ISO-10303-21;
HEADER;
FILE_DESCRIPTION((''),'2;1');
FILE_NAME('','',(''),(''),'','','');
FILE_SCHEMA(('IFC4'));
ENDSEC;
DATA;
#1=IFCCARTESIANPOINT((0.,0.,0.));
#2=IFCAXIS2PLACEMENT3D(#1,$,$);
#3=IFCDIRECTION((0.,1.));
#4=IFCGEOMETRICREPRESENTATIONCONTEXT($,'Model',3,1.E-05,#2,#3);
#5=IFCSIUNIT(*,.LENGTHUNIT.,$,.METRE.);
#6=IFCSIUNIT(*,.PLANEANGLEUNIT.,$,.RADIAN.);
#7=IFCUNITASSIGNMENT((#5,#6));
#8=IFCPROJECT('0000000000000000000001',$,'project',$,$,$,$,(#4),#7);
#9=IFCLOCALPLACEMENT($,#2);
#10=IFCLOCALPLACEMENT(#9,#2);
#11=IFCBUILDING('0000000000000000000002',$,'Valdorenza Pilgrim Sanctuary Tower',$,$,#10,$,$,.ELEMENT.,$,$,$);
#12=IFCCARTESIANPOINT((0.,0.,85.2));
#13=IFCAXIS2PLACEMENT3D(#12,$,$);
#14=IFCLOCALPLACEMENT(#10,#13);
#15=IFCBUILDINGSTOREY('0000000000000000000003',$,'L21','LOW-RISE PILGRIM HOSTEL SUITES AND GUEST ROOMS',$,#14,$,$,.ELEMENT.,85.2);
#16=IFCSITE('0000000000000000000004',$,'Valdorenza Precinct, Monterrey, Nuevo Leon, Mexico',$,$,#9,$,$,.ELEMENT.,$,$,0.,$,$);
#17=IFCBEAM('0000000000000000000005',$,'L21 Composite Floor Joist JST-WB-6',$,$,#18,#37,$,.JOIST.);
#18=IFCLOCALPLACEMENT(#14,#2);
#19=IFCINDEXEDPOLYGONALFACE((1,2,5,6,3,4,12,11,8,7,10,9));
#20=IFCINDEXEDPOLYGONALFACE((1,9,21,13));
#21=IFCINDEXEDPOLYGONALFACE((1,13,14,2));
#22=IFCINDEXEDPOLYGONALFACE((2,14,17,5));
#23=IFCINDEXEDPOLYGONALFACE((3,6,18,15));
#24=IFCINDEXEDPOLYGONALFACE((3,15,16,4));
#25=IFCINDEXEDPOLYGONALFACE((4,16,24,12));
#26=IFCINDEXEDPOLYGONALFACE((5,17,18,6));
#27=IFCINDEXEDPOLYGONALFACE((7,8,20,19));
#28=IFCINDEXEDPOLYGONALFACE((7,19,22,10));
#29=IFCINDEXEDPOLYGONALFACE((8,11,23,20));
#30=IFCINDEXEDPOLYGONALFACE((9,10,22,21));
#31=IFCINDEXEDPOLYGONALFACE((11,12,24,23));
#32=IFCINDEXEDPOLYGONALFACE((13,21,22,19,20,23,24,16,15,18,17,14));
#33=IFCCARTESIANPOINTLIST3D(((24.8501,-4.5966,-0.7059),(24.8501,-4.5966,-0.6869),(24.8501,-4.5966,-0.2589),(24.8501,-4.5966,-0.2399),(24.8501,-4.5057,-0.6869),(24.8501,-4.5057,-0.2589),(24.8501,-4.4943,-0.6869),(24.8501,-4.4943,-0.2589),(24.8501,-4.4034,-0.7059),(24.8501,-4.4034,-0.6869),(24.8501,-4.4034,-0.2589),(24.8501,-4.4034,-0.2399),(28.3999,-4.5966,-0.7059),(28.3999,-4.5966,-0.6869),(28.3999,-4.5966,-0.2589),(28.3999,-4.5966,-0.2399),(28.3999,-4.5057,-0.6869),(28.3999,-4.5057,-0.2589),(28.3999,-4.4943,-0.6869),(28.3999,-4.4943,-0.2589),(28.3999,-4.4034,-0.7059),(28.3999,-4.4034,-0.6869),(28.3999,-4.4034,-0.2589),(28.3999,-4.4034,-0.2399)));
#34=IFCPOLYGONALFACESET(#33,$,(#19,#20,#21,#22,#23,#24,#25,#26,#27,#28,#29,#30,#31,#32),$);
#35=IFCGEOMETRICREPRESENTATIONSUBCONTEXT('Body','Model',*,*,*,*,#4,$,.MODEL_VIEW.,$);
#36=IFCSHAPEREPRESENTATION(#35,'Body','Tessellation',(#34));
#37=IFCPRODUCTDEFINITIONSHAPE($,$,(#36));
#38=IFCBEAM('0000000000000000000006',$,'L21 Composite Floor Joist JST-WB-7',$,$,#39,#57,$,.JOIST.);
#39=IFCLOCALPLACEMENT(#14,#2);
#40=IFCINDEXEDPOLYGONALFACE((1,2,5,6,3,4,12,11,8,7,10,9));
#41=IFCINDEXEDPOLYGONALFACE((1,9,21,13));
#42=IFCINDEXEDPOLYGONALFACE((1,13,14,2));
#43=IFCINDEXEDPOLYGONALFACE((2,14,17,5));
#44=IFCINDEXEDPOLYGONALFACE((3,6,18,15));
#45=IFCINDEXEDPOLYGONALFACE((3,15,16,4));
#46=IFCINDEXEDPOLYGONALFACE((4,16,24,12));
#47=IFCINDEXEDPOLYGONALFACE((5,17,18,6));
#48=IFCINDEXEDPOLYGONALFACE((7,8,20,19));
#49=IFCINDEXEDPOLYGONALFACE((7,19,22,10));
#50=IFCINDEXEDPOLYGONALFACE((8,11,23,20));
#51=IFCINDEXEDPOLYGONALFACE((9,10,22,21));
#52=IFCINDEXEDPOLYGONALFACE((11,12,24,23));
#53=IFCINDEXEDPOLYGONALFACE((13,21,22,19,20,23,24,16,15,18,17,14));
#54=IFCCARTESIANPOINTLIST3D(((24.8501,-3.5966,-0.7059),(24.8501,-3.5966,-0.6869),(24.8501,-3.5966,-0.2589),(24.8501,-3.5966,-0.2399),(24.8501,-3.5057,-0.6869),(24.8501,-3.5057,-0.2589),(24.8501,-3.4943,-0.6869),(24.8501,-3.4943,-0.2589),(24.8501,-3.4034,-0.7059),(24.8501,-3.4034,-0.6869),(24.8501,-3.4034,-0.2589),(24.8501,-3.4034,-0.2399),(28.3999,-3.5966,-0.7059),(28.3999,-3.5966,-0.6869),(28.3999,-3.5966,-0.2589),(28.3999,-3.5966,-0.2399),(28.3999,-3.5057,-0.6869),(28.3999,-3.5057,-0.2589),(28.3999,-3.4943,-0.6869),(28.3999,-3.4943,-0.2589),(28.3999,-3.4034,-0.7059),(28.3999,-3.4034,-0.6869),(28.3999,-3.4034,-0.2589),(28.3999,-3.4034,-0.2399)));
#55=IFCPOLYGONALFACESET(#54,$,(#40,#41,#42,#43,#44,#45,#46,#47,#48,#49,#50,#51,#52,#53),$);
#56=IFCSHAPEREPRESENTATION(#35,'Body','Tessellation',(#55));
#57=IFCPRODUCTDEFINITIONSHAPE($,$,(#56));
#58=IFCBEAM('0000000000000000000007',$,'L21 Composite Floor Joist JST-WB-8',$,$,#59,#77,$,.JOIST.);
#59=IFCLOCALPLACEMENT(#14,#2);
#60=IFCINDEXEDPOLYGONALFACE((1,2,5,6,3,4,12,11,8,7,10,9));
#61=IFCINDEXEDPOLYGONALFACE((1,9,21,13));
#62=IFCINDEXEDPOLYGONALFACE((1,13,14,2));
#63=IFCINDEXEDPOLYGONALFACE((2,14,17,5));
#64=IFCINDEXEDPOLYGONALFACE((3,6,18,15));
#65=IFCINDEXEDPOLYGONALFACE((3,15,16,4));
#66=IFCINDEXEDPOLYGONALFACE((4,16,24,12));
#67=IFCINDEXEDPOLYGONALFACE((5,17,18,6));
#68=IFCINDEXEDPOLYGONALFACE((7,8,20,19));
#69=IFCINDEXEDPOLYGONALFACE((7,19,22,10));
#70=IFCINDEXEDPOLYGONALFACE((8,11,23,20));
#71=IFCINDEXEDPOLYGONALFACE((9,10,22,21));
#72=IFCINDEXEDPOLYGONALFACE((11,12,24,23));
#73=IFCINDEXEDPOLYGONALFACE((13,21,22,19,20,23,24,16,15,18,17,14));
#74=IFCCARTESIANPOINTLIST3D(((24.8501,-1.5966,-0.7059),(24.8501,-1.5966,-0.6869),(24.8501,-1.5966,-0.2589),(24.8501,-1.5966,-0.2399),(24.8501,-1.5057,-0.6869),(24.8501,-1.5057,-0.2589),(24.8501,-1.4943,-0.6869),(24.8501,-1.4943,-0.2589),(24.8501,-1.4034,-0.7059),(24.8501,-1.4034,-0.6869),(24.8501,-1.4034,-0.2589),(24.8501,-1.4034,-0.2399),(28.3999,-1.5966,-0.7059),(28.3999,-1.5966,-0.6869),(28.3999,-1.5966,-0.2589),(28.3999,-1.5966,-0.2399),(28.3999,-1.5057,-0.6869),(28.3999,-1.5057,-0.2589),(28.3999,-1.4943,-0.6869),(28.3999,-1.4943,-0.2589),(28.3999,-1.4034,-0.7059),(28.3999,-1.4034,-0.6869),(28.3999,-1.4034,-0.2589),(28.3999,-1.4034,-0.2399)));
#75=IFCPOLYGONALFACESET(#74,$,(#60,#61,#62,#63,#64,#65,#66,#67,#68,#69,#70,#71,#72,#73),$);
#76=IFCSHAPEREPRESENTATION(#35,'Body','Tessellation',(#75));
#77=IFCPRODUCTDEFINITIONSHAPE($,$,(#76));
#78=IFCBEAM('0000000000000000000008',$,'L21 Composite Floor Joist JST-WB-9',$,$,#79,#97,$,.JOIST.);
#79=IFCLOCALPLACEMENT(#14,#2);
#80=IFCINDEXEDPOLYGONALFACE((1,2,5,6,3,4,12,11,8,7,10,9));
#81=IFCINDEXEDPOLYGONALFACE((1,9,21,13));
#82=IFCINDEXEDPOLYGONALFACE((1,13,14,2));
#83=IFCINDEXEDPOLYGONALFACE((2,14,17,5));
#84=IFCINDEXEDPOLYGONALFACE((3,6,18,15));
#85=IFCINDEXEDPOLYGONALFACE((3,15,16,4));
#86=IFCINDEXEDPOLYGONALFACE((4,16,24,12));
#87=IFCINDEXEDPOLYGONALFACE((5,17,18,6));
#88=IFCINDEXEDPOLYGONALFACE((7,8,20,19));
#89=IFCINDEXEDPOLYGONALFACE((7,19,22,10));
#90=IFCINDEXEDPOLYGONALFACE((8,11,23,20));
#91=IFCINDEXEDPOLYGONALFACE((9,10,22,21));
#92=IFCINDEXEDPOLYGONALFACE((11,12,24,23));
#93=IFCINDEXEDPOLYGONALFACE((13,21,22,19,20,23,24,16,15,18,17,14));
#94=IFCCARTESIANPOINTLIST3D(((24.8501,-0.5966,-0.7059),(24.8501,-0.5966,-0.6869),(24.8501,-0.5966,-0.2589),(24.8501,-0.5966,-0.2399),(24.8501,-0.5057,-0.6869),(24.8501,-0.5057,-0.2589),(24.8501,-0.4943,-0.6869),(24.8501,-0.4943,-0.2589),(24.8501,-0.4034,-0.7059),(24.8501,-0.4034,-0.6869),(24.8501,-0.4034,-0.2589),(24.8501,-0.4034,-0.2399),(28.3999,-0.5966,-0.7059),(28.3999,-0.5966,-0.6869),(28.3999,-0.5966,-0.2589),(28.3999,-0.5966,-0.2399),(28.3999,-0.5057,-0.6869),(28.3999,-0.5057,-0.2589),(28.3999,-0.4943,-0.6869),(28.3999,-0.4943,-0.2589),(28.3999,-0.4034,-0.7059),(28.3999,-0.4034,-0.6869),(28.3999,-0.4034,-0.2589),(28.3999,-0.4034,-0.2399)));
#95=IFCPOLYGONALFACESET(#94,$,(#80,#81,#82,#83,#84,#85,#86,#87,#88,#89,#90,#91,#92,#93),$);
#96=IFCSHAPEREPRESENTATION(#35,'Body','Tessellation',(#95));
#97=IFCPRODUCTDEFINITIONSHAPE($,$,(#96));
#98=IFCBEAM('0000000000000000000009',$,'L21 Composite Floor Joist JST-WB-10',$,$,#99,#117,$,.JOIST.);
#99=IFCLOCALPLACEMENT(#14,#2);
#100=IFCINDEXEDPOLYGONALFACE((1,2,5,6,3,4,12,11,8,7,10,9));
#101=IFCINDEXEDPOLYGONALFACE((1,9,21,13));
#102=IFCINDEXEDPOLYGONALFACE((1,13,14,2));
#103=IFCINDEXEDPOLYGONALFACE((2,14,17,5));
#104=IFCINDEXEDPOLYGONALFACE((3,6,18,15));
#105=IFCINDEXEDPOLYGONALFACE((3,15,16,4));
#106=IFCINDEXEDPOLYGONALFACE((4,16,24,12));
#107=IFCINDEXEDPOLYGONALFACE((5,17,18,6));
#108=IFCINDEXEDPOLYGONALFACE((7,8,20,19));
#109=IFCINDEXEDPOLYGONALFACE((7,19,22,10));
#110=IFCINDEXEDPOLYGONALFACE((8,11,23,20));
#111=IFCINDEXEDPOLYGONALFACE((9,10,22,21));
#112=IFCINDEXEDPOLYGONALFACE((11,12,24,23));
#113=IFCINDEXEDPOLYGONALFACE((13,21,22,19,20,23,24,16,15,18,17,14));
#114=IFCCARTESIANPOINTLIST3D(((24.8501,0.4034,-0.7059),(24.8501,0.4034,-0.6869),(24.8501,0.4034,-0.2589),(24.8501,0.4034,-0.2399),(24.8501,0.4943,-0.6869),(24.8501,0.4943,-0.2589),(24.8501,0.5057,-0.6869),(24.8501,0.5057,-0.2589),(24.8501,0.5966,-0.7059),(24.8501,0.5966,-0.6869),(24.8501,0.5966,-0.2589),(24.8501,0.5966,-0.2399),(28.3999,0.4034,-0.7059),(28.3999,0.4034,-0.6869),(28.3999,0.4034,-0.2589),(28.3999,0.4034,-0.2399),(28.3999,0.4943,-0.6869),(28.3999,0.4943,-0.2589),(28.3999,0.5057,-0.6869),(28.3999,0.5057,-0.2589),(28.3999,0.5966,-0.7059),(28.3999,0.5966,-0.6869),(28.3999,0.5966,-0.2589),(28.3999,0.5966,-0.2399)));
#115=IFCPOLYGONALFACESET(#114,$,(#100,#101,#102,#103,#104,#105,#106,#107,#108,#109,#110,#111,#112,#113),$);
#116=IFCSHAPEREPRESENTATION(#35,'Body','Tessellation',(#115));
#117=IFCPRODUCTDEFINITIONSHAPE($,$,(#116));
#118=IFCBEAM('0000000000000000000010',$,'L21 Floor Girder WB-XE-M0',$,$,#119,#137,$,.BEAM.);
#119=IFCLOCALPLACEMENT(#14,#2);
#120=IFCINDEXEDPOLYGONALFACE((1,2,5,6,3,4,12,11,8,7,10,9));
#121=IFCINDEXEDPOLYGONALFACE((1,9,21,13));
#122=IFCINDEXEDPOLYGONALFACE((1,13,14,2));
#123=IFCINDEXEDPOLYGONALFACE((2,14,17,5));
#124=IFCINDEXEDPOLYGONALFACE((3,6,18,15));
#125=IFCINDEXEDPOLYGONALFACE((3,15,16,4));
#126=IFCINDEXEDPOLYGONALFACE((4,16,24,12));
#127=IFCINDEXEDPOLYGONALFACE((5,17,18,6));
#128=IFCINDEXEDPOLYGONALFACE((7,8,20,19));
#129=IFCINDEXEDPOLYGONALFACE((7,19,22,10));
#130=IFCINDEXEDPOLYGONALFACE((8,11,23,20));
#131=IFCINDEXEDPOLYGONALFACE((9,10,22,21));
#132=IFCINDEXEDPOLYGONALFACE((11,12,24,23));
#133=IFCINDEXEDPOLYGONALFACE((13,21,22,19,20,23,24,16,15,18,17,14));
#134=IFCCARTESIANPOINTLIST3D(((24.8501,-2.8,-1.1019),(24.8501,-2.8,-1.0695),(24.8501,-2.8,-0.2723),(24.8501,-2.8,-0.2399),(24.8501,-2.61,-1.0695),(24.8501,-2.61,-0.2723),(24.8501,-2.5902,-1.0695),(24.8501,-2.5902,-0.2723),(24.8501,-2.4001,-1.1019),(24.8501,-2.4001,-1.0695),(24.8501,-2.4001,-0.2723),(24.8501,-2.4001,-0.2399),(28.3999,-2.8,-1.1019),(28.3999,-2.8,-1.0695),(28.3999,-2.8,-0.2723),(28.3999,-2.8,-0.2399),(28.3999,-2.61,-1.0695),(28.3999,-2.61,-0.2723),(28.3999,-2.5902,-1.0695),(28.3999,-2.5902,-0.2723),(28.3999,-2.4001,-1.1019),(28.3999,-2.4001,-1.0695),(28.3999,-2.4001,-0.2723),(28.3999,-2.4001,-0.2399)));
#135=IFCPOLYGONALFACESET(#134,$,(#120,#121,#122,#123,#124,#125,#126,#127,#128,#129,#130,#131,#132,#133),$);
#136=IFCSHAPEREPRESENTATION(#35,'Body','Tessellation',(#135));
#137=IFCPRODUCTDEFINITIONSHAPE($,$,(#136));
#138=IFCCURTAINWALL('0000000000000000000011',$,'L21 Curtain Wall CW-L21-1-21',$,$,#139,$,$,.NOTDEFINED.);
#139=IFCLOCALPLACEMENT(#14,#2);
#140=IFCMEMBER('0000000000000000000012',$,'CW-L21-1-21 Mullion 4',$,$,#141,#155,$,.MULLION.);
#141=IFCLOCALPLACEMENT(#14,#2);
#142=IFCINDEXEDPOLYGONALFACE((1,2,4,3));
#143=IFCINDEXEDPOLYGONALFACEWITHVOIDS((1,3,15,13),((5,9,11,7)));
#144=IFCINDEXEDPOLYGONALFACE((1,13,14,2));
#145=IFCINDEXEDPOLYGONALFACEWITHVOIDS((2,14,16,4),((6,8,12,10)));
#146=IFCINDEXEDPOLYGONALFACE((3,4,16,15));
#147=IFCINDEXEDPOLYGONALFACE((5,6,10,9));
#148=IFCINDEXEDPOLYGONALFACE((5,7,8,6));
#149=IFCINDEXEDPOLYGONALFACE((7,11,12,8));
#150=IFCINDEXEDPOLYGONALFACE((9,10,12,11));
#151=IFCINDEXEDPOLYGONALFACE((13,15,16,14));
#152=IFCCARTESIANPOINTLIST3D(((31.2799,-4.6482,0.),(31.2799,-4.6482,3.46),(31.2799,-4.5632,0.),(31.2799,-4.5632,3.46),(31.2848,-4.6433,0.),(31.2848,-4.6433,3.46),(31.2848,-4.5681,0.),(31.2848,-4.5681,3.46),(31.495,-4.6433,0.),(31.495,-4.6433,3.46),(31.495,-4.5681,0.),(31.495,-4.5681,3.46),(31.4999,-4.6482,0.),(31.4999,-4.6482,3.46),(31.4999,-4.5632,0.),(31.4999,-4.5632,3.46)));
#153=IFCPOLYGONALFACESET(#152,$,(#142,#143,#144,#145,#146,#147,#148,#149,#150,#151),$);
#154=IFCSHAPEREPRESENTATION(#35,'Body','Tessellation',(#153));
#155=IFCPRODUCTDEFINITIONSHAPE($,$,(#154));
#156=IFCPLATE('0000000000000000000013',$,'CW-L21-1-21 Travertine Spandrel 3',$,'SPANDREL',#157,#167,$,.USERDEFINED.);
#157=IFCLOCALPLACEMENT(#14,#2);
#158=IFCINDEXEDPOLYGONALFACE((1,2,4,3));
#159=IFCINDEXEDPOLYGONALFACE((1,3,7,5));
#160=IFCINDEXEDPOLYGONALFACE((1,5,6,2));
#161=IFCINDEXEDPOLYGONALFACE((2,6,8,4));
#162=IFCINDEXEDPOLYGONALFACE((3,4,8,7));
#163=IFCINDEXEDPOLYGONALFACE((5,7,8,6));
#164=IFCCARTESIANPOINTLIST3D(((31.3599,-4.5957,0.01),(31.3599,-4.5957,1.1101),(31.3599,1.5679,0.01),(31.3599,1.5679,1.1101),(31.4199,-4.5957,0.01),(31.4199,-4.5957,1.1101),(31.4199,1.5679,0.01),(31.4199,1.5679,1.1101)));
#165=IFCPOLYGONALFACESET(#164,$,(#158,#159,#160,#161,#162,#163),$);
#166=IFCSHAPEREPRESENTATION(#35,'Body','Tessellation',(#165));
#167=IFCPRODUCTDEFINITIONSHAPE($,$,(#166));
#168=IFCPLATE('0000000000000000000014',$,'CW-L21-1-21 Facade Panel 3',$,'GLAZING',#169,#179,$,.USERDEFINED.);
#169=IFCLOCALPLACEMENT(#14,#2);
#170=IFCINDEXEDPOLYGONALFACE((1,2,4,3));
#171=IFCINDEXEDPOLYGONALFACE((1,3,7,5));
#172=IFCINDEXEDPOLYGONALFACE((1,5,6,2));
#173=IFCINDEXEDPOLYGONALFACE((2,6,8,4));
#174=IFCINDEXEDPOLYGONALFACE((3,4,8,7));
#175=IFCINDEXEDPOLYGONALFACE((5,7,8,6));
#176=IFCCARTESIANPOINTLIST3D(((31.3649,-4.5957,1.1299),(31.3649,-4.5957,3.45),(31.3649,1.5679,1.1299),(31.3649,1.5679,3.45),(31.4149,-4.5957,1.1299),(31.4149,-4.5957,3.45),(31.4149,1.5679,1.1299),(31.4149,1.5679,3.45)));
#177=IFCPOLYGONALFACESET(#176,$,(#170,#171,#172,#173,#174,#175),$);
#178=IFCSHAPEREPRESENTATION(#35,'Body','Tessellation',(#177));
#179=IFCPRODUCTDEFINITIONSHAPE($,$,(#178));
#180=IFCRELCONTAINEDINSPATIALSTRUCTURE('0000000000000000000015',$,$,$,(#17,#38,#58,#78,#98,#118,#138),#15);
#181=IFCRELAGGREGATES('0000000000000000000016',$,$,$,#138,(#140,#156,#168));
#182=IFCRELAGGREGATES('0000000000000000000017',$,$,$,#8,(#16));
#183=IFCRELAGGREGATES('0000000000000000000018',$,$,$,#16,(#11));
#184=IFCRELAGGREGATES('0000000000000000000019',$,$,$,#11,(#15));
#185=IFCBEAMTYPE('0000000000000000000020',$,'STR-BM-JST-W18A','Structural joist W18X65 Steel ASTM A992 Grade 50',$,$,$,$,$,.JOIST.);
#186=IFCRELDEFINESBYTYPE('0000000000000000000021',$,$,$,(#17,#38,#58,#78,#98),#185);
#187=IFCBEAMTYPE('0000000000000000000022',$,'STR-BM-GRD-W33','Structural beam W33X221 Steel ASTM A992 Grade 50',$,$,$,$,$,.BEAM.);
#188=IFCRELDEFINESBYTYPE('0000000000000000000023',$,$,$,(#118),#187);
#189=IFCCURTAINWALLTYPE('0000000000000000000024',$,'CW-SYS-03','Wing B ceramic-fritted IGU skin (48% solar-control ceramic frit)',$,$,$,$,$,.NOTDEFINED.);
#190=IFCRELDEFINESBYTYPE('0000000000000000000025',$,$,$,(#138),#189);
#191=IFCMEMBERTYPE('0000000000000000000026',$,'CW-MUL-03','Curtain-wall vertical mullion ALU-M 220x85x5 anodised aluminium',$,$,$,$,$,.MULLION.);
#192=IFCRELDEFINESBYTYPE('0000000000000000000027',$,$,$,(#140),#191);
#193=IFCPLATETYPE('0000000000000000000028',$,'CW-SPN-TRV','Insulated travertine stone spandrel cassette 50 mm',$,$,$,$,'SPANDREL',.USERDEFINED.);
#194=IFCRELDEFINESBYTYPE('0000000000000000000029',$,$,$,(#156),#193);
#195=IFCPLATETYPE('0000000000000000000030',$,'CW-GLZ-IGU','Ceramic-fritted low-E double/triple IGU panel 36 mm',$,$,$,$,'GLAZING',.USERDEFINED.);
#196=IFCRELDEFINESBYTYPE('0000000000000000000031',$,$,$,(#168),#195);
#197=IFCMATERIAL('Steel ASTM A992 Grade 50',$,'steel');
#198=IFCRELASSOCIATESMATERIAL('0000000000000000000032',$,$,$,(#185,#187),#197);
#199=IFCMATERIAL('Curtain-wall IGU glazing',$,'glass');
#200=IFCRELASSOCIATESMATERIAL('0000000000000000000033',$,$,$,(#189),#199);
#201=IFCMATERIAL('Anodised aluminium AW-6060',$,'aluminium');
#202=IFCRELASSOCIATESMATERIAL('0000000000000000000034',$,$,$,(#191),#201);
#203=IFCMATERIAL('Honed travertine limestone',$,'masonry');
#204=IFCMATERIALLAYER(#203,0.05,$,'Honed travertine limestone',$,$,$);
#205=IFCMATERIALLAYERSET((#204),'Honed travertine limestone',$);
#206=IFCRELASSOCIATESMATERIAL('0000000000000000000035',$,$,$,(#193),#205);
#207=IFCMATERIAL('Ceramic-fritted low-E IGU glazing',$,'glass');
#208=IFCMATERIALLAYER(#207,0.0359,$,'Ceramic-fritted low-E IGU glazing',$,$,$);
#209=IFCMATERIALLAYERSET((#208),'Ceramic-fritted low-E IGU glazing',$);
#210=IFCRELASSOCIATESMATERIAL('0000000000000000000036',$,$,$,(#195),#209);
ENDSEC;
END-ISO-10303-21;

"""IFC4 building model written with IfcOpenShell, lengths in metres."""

from ifc_helpers import new_model, si_unit, direction, frame, origin, origin_2d, place, context, subcontext, project, spatial, rectangle, hollow_rectangle, i_section, extrude, source, transform, mapped, material, layer, layer_set, material_profile, profile_set, type_object, element, aggregate, save


model = new_model("IFC4")

# Units and contexts
model_context = context("Model", 3, precision=1e-05, world=origin(), true_north=direction((0.0, 1.0)))
body_context = subcontext(model_context, "Body", "Model", "MODEL_VIEW")
ifc_project = project(units=[si_unit("LENGTHUNIT", "METRE"), si_unit("PLANEANGLEUNIT", "RADIAN")], contexts=[model_context])

# Site, building, storey
site_placement = place(None, origin())
site = spatial("IfcSite", under=ifc_project, at=site_placement, Name="Valdorenza Precinct, Monterrey, Nuevo Leon, Mexico", CompositionType="ELEMENT", RefElevation=0.0)
building_placement = place(site_placement, origin())
building = spatial("IfcBuilding", under=site, at=building_placement, Name="Valdorenza Pilgrim Sanctuary Tower", CompositionType="ELEMENT")
storey_placement = place(building_placement, frame((0.0, 0.0, 85.2)))
storey = spatial("IfcBuildingStorey", under=building, at=storey_placement, Name="L21", Description="LOW-RISE PILGRIM HOSTEL SUITES AND GUEST ROOMS", CompositionType="ELEMENT", Elevation=85.2)

# Beams
ifc_material_1 = material(Name="Steel ASTM A992 Grade 50", Category="steel")
ifc_material_profile_1 = material_profile(ifc_material_1, i_section(OverallWidth=0.1931, OverallDepth=0.4661, WebThickness=0.0115, FlangeThickness=0.019, at=origin_2d()), Name="W18X65")
ifc_profile_set_1 = profile_set([ifc_material_profile_1], Name="Steel ASTM A992 Grade 50")
beam_type_1 = type_object("IfcBeamType", Name="STR-BM-JST-W18A", Description="Structural joist W18X65 Steel ASTM A992 Grade 50", PredefinedType="JOIST", material=ifc_profile_set_1)
shared_shape_1 = source(origin(), body_context, "Body", "SweptSolid", [
    extrude(i_section(OverallWidth=0.1931, OverallDepth=0.4661, WebThickness=0.0115, FlangeThickness=0.019, at=origin_2d()), origin(), (0.0, 0.0, 1.0), 3.5498),
])
for number, where, z_axis, x_axis, name in (
    (1, (24.8501, -4.5, -0.4729), (1.0, 0.0, 0.0), (0.0, 1.0, 0.0), "L21 Composite Floor Joist JST-WB-6"),
    (2, (24.8501, -3.5, -0.4729), (1.0, 0.0, 0.0), (0.0, 1.0, 0.0), "L21 Composite Floor Joist JST-WB-7"),
    (3, (24.8501, -1.5, -0.4729), (1.0, 0.0, 0.0), (0.0, 1.0, 0.0), "L21 Composite Floor Joist JST-WB-8"),
    (4, (24.8501, -0.5, -0.4729), (1.0, 0.0, 0.0), (0.0, 1.0, 0.0), "L21 Composite Floor Joist JST-WB-9"),
    (5, (24.8501, 0.5, -0.4729), (1.0, 0.0, 0.0), (0.0, 1.0, 0.0), "L21 Composite Floor Joist JST-WB-10"),
):
    element("IfcBeam", number, at=place(storey_placement, frame(where, z_axis=z_axis, x_axis=x_axis)), inside=storey, type_object=beam_type_1, Name=name, PredefinedType="JOIST", context=body_context, shape_type="MappedRepresentation", body=[
        mapped(shared_shape_1, transform((0.0, 0.0, 0.0), x_axis=(1.0, 0.0, 0.0), y_axis=(0.0, 1.0, 0.0), z_axis=(0.0, 0.0, 1.0), scale=1.0)),
    ])
ifc_material_profile_2 = material_profile(ifc_material_1, i_section(OverallWidth=0.3999, OverallDepth=0.8621, WebThickness=0.0198, FlangeThickness=0.0325, at=origin_2d()), Name="W33X221")
ifc_profile_set_2 = profile_set([ifc_material_profile_2], Name="Steel ASTM A992 Grade 50")
beam_type_2 = type_object("IfcBeamType", Name="STR-BM-GRD-W33", Description="Structural beam W33X221 Steel ASTM A992 Grade 50", PredefinedType="BEAM", material=ifc_profile_set_2)
shared_shape_2 = source(origin(), body_context, "Body", "SweptSolid", [
    extrude(i_section(OverallWidth=0.3999, OverallDepth=0.8621, WebThickness=0.0198, FlangeThickness=0.0325, at=origin_2d()), origin(), (0.0, 0.0, 1.0), 3.5498),
])
beam_1_placement = place(storey_placement, frame((24.8501, -2.6001, -0.6709), z_axis=(1.0, 0.0, 0.0), x_axis=(0.0, 1.0, 0.0)))
element("IfcBeam", 6, at=beam_1_placement, inside=storey, type_object=beam_type_2, Name="L21 Floor Girder WB-XE-M0", PredefinedType="BEAM", context=body_context, shape_type="MappedRepresentation", body=[
    mapped(shared_shape_2, transform((0.0, 0.0, 0.0), x_axis=(1.0, 0.0, 0.0), y_axis=(0.0, 1.0, 0.0), z_axis=(0.0, 0.0, 1.0), scale=1.0)),
])

# Curtain wall, member, plates
ifc_material_2 = material(Name="Curtain-wall IGU glazing", Category="glass")
curtain_wall_type = type_object("IfcCurtainWallType", Name="CW-SYS-03", Description="Wing B ceramic-fritted IGU skin (48% solar-control ceramic frit)", PredefinedType="NOTDEFINED", material=ifc_material_2)
curtain_wall_placement = place(storey_placement, origin())
curtain_wall = element("IfcCurtainWall", 7, at=curtain_wall_placement, inside=storey, type_object=curtain_wall_type, Name="L21 Curtain Wall CW-L21-1-21", PredefinedType="NOTDEFINED")
ifc_material_3 = material(Name="Anodised aluminium AW-6060", Category="aluminium")
ifc_material_profile_3 = material_profile(ifc_material_3, hollow_rectangle(XDim=0.085, YDim=0.22, WallThickness=0.0049, at=origin_2d()), Name="ALU-M 220x85x5")
ifc_profile_set_3 = profile_set([ifc_material_profile_3], Name="Anodised aluminium AW-6060")
member_type = type_object("IfcMemberType", Name="CW-MUL-03", Description="Curtain-wall vertical mullion ALU-M 220x85x5 anodised aluminium", PredefinedType="MULLION", material=ifc_profile_set_3)
shared_shape_3 = source(origin(), body_context, "Body", "SweptSolid", [
    extrude(hollow_rectangle(XDim=0.085, YDim=0.22, WallThickness=0.0049, at=origin_2d()), origin(), (0.0, 0.0, 1.0), 3.46),
])
member_placement = place(storey_placement, frame((31.3899, -4.6057, 0.0), z_axis=(0.0, 0.0, 1.0), x_axis=(0.0, -1.0, 0.0)))
member = element("IfcMember", 8, at=member_placement, type_object=member_type, Name="CW-L21-1-21 Mullion 4", PredefinedType="MULLION", context=body_context, shape_type="MappedRepresentation", body=[
    mapped(shared_shape_3, transform((0.0, 0.0, 0.0), x_axis=(1.0, 0.0, 0.0), y_axis=(0.0, 1.0, 0.0), z_axis=(0.0, 0.0, 1.0), scale=1.0)),
])
ifc_material_4 = material(Name="Honed travertine limestone", Category="masonry")
ifc_layer_1 = layer(ifc_material_4, 0.05, Name="Honed travertine limestone")
ifc_layer_set_1 = layer_set([ifc_layer_1], Name="Honed travertine limestone")
plate_type_1 = type_object("IfcPlateType", Name="CW-SPN-TRV", Description="Insulated travertine stone spandrel cassette 50 mm", ElementType="SPANDREL", PredefinedType="USERDEFINED", material=ifc_layer_set_1)
shared_shape_4 = source(origin(), body_context, "Body", "SweptSolid", [
    extrude(rectangle(XDim=6.1636, YDim=0.0601, at=origin_2d()), origin(), (0.0, 0.0, 1.0), 1.1001),
])
plate_1_placement = place(storey_placement, frame((31.3899, -1.5139, 0.01), z_axis=(0.0, 0.0, 1.0), x_axis=(0.0, -1.0, 0.0)))
plate_1 = element("IfcPlate", 9, at=plate_1_placement, type_object=plate_type_1, Name="CW-L21-1-21 Travertine Spandrel 3", ObjectType="SPANDREL", PredefinedType="USERDEFINED", context=body_context, shape_type="MappedRepresentation", body=[
    mapped(shared_shape_4, transform((0.0, 0.0, 0.0), x_axis=(1.0, 0.0, 0.0), y_axis=(0.0, 1.0, 0.0), z_axis=(0.0, 0.0, 1.0), scale=1.0)),
])
ifc_material_5 = material(Name="Ceramic-fritted low-E IGU glazing", Category="glass")
ifc_layer_2 = layer(ifc_material_5, 0.0359, Name="Ceramic-fritted low-E IGU glazing")
ifc_layer_set_2 = layer_set([ifc_layer_2], Name="Ceramic-fritted low-E IGU glazing")
plate_type_2 = type_object("IfcPlateType", Name="CW-GLZ-IGU", Description="Ceramic-fritted low-E double/triple IGU panel 36 mm", ElementType="GLAZING", PredefinedType="USERDEFINED", material=ifc_layer_set_2)
shared_shape_5 = source(origin(), body_context, "Body", "SweptSolid", [
    extrude(rectangle(XDim=6.1636, YDim=0.05, at=origin_2d()), origin(), (0.0, 0.0, 1.0), 2.3201),
])
plate_2_placement = place(storey_placement, frame((31.3899, -1.5139, 1.1299), z_axis=(0.0, 0.0, 1.0), x_axis=(0.0, -1.0, 0.0)))
plate_2 = element("IfcPlate", 10, at=plate_2_placement, type_object=plate_type_2, Name="CW-L21-1-21 Facade Panel 3", ObjectType="GLAZING", PredefinedType="USERDEFINED", context=body_context, shape_type="MappedRepresentation", body=[
    mapped(shared_shape_5, transform((0.0, 0.0, 0.0), x_axis=(1.0, 0.0, 0.0), y_axis=(0.0, 1.0, 0.0), z_axis=(0.0, 0.0, 1.0), scale=1.0)),
])
aggregate(curtain_wall, [member, plate_1, plate_2])

save(model, "model.ifc")
